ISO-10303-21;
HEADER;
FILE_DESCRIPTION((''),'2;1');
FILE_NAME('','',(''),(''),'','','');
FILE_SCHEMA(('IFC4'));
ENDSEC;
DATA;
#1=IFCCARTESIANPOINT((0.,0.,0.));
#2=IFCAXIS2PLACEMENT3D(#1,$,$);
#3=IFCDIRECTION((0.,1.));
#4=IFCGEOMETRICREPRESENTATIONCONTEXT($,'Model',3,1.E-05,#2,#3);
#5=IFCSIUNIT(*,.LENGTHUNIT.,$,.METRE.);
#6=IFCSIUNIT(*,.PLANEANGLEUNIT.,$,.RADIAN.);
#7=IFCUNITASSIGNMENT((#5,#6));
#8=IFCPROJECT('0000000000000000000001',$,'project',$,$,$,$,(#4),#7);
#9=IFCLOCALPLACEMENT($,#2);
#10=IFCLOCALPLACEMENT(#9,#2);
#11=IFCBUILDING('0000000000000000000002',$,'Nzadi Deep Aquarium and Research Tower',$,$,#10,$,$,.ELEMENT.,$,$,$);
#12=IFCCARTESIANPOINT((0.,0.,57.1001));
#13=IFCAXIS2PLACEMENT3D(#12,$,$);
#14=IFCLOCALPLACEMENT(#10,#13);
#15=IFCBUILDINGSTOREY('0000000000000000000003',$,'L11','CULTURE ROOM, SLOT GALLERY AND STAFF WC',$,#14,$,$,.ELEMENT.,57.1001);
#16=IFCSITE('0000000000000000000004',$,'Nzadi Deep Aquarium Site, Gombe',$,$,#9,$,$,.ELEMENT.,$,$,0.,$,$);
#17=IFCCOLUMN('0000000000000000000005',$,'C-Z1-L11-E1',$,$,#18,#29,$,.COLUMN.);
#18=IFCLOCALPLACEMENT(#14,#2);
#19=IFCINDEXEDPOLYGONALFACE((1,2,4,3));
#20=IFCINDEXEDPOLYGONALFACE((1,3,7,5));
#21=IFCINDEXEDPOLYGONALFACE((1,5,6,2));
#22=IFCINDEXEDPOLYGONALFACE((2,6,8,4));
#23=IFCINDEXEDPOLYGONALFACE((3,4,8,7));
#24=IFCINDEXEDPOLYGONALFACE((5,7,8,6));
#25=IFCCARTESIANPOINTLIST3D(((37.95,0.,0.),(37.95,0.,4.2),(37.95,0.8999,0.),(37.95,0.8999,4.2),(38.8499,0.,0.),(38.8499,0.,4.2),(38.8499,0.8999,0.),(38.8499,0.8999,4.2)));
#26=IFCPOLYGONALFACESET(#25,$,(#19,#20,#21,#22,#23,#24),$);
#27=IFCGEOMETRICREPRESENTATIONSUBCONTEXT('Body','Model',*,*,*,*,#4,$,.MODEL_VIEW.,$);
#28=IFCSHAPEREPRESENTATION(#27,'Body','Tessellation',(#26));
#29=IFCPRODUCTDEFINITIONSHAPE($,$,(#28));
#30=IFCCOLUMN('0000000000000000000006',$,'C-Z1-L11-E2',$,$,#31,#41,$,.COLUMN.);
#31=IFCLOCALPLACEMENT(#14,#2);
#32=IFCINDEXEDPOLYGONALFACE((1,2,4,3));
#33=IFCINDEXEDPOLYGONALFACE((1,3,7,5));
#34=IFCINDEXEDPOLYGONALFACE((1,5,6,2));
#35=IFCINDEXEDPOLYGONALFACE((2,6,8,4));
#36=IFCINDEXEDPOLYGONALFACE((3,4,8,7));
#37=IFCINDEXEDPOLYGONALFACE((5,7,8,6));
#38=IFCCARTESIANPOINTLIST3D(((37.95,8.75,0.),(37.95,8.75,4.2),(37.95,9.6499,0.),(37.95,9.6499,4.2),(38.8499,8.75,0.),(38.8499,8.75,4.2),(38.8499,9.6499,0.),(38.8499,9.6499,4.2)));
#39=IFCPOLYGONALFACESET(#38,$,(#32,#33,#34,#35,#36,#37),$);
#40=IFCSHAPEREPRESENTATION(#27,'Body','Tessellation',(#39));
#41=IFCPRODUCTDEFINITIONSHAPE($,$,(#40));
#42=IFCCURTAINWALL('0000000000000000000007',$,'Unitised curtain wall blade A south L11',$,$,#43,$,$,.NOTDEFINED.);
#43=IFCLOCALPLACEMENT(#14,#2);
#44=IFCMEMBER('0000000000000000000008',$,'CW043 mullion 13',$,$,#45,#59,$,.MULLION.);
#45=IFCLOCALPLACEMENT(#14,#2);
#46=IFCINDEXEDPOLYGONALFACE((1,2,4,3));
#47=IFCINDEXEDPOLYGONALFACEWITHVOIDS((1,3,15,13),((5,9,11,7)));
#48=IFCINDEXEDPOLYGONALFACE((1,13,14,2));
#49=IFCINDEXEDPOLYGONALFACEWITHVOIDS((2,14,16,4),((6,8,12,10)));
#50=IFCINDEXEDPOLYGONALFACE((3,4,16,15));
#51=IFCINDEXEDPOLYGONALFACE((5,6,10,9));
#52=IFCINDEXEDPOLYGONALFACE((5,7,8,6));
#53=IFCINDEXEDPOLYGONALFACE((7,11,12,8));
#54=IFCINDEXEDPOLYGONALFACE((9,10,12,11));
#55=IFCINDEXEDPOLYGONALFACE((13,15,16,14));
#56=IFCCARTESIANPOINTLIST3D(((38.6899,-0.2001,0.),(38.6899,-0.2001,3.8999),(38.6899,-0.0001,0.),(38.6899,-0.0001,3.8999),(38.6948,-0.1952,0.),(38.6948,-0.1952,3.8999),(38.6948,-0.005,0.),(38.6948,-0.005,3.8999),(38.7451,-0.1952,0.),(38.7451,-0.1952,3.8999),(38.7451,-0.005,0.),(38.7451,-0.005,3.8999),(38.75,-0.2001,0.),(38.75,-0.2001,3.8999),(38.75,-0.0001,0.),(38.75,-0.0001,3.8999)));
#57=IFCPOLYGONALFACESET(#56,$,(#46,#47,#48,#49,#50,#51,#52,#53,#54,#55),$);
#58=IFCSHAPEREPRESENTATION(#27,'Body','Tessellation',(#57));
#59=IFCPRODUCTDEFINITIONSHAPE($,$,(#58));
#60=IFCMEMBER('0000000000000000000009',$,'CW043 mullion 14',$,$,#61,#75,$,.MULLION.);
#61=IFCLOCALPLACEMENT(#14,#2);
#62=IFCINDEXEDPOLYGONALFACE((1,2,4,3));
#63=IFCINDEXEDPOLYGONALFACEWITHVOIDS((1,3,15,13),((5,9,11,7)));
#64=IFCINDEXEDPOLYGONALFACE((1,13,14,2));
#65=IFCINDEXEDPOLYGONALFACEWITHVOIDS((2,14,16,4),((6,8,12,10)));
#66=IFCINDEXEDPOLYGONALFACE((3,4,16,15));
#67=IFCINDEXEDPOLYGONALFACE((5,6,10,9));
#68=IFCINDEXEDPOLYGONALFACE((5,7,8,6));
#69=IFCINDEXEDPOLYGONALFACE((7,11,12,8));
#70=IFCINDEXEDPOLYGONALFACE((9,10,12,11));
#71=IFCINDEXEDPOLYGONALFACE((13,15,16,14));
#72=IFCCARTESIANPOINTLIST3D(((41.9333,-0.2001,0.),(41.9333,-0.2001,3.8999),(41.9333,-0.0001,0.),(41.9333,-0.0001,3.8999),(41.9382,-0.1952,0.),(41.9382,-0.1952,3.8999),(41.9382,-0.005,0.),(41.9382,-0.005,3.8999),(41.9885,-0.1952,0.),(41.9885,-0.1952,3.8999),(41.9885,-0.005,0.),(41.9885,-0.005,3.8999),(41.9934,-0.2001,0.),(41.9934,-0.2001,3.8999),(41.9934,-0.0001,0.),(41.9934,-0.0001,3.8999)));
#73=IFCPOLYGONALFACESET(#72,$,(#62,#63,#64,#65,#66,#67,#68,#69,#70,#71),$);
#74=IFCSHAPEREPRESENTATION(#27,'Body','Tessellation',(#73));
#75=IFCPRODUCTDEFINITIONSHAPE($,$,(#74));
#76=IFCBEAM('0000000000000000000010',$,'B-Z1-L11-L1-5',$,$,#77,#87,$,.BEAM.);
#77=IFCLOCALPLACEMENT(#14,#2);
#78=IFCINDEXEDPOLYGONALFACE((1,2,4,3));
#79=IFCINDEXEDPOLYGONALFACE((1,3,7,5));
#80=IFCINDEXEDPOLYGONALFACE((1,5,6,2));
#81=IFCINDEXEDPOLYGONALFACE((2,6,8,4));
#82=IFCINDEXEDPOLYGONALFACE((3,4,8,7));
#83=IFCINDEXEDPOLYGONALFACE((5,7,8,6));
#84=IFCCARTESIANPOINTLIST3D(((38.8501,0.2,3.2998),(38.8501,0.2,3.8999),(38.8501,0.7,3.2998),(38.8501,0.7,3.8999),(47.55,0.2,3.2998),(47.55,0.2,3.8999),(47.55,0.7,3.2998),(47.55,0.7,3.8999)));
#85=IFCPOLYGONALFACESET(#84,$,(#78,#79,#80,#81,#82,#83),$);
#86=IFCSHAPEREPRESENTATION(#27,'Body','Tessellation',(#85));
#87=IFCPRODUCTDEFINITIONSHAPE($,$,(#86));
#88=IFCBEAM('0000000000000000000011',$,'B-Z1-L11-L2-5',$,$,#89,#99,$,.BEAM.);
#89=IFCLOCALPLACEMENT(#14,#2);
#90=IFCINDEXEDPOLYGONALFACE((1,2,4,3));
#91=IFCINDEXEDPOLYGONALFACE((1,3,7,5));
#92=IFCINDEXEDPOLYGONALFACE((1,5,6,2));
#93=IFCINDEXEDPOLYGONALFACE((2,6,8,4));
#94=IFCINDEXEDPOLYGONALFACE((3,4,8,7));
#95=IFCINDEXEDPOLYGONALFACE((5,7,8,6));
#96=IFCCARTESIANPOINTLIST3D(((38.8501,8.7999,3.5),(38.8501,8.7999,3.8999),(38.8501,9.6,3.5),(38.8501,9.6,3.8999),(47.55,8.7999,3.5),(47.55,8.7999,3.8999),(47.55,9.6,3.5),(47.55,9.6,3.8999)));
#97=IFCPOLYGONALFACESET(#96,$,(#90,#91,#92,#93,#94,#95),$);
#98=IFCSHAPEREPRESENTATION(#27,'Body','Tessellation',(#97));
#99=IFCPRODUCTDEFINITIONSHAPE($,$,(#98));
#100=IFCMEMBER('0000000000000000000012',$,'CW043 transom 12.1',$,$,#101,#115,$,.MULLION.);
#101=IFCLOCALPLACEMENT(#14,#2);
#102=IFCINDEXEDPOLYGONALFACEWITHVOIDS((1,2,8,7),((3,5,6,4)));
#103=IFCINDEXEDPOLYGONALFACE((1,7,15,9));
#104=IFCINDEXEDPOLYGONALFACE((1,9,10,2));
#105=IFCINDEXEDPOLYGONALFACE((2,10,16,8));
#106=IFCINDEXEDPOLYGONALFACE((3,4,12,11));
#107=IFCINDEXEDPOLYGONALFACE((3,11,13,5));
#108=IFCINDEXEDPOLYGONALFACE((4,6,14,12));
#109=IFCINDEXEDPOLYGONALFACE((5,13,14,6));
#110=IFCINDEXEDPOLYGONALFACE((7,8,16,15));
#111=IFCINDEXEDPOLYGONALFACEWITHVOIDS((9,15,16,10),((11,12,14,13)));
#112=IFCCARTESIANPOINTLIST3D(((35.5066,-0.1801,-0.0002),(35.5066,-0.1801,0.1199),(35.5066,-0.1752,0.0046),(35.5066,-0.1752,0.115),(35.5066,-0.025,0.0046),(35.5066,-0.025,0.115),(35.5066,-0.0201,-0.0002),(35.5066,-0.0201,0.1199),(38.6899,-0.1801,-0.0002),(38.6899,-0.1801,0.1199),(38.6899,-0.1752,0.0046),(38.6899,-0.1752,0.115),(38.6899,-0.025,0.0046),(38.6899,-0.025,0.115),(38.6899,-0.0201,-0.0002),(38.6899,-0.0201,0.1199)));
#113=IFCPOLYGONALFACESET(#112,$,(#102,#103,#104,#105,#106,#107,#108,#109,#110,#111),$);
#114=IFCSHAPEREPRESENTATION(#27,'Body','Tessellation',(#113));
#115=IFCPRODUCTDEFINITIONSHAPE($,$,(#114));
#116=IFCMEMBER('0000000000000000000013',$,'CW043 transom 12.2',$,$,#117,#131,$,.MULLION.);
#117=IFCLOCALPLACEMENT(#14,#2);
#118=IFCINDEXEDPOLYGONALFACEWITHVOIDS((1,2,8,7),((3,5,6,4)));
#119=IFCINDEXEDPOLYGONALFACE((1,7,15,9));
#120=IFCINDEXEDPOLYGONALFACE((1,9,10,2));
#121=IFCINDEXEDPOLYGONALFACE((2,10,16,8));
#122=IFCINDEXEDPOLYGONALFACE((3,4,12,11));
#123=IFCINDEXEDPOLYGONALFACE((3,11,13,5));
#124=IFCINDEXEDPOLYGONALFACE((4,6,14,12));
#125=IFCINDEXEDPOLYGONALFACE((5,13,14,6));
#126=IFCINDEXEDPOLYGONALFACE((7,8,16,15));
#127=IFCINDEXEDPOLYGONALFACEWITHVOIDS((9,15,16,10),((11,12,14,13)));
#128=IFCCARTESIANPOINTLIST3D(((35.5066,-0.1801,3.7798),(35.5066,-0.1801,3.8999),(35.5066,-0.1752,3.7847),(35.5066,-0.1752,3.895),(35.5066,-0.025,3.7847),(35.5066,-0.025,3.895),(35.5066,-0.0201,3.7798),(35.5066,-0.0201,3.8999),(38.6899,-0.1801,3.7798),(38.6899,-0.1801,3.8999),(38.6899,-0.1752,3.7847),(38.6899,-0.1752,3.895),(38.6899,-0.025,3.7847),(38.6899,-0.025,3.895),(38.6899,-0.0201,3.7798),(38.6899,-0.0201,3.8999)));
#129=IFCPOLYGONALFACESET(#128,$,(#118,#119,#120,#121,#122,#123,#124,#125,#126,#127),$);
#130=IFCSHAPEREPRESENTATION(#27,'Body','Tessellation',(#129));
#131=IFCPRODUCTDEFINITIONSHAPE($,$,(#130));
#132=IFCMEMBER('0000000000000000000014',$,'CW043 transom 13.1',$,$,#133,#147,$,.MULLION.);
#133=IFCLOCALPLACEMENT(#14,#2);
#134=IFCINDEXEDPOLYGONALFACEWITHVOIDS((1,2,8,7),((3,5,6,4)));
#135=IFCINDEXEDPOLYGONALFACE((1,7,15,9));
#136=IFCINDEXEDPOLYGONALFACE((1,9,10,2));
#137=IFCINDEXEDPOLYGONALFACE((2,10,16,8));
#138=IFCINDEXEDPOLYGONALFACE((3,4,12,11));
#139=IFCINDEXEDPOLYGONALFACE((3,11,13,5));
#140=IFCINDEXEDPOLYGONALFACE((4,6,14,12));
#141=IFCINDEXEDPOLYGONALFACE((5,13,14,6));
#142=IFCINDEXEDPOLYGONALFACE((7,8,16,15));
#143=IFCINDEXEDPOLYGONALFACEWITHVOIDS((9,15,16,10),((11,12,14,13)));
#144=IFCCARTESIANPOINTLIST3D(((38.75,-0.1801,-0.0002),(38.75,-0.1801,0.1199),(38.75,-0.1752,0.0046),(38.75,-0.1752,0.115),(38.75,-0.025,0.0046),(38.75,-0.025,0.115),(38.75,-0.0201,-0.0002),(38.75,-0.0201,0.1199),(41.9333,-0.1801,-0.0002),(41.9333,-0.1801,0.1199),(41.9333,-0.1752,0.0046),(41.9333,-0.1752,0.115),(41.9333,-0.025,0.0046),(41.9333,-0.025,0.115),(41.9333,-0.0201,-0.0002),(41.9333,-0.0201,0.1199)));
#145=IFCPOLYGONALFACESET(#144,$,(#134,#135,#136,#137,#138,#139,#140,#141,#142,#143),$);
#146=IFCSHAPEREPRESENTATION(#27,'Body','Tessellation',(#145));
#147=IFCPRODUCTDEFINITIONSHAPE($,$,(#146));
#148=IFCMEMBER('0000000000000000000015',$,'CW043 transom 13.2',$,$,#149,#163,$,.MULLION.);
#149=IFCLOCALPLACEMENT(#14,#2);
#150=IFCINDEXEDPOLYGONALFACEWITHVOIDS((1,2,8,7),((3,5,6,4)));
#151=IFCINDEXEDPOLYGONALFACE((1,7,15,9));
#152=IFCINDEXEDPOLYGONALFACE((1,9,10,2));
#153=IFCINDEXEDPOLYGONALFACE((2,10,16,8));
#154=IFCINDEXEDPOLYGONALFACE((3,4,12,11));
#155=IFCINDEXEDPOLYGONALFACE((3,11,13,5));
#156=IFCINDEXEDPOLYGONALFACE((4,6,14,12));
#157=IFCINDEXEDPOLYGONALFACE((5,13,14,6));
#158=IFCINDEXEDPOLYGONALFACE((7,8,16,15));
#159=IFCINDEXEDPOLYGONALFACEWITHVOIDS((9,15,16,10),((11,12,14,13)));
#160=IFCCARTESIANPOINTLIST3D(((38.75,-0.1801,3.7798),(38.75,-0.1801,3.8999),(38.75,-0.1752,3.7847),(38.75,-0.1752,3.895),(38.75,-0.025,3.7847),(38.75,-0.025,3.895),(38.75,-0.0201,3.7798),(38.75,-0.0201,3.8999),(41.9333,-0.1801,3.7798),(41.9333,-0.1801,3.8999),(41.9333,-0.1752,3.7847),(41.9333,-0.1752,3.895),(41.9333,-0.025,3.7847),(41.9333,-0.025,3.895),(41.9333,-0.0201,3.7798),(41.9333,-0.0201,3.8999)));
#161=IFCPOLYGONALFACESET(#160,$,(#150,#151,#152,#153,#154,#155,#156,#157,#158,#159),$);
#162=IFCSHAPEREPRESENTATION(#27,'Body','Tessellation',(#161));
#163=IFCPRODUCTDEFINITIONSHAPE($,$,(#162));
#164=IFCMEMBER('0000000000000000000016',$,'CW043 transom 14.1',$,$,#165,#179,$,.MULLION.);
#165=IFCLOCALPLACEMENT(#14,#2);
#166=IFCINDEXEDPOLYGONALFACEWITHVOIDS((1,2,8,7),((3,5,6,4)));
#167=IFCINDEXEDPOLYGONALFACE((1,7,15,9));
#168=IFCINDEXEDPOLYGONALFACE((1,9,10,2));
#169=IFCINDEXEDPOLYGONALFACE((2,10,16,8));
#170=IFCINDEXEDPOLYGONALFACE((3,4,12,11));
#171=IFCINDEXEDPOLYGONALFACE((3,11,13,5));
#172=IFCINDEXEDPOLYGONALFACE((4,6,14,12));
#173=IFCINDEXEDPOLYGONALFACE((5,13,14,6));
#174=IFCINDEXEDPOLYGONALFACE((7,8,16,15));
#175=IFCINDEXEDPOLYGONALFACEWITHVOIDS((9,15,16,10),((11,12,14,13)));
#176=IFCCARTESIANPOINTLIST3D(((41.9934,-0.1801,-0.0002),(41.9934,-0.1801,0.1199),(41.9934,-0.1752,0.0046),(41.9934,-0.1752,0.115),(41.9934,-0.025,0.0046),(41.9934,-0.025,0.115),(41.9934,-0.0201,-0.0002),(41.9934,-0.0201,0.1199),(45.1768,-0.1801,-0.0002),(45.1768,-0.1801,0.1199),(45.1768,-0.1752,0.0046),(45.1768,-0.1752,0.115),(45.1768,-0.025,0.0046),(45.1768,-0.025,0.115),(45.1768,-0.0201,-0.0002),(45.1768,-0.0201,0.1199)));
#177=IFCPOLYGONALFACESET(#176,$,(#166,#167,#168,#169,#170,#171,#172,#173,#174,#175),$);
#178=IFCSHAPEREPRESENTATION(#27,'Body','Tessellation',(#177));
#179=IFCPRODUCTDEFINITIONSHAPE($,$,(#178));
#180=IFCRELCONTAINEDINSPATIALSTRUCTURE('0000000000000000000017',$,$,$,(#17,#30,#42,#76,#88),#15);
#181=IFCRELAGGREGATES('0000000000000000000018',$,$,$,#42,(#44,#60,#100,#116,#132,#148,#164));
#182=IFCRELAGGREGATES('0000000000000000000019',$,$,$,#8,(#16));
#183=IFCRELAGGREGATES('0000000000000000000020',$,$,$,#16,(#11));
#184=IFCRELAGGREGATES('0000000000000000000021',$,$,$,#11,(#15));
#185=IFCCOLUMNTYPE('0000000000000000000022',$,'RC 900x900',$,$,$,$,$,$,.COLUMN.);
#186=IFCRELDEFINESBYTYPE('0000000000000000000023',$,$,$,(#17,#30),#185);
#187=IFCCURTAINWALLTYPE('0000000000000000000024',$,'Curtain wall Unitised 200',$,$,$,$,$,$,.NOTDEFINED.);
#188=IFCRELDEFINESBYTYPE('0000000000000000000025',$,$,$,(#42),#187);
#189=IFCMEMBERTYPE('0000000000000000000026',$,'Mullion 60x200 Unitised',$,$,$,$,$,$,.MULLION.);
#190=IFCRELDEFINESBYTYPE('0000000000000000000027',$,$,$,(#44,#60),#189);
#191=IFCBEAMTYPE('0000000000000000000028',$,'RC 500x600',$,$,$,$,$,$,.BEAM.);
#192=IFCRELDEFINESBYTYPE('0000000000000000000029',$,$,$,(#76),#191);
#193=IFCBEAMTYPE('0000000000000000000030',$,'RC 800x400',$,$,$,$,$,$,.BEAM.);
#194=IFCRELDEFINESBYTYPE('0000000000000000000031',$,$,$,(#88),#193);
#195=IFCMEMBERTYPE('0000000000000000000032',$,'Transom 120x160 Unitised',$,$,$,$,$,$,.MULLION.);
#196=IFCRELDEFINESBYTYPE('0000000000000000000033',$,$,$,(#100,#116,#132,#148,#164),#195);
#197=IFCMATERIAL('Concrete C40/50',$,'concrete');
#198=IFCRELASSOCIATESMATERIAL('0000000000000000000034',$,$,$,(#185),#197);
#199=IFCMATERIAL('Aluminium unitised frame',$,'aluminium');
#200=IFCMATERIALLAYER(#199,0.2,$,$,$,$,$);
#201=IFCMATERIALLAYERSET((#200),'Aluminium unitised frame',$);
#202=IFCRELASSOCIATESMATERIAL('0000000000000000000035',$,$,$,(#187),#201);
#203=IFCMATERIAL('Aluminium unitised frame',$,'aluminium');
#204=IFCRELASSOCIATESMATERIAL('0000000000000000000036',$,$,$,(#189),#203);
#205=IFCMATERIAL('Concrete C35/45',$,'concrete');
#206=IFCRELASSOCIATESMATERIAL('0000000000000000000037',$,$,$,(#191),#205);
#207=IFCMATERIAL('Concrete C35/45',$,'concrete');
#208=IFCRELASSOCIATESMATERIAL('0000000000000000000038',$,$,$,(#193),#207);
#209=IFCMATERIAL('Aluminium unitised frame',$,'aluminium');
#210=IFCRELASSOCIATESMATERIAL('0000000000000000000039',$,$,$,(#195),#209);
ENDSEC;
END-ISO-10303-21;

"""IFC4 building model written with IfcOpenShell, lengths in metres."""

from ifc_helpers import new_model, si_unit, direction, frame, origin, origin_2d, place, context, subcontext, project, spatial, rectangle, hollow_rectangle, extrude, material, layer, layer_set, material_profile, profile_set, type_object, element, aggregate, save


model = new_model("IFC4")

# Units and contexts
model_context = context("Model", 3, precision=1e-05, world=origin(), true_north=direction((0.0, 1.0)))
body_context = subcontext(model_context, "Body", "Model", "MODEL_VIEW")
ifc_project = project(units=[si_unit("LENGTHUNIT", "METRE"), si_unit("PLANEANGLEUNIT", "RADIAN")], contexts=[model_context])

# Site, building, storey
site_placement = place(None, origin())
site = spatial("IfcSite", under=ifc_project, at=site_placement, Name="Nzadi Deep Aquarium Site, Gombe", CompositionType="ELEMENT", RefElevation=0.0)
building_placement = place(site_placement, origin())
building = spatial("IfcBuilding", under=site, at=building_placement, Name="Nzadi Deep Aquarium and Research Tower", CompositionType="ELEMENT")
storey_placement = place(building_placement, frame((0.0, 0.0, 57.1001)))
storey = spatial("IfcBuildingStorey", under=building, at=storey_placement, Name="L11", Description="CULTURE ROOM, SLOT GALLERY AND STAFF WC", CompositionType="ELEMENT", Elevation=57.1001)

# Columns
ifc_material_1 = material(Name="Concrete C40/50", Category="concrete")
ifc_material_profile_1 = material_profile(ifc_material_1, rectangle(XDim=0.8999, YDim=0.8999, at=origin_2d()))
ifc_profile_set_1 = profile_set([ifc_material_profile_1], Name="Concrete C40/50")
column_type = type_object("IfcColumnType", Name="RC 900x900", PredefinedType="COLUMN", material=ifc_profile_set_1)
for number, where, z_axis, x_axis, name in (
    (1, (38.3999, 0.45, 0.0), (0.0, 0.0, 1.0), (1.0, 0.0, 0.0), "C-Z1-L11-E1"),
    (2, (38.3999, 9.2, 0.0), (0.0, 0.0, 1.0), (1.0, 0.0, 0.0), "C-Z1-L11-E2"),
):
    element("IfcColumn", number, at=place(storey_placement, frame(where, z_axis=z_axis, x_axis=x_axis)), inside=storey, type_object=column_type, Name=name, PredefinedType="COLUMN", context=body_context, shape_type="SweptSolid", body=[
        extrude(rectangle(XDim=0.8999, YDim=0.8999, at=origin_2d()), origin(), (0.0, 0.0, 1.0), 4.2),
    ])

# Curtain wall, members
ifc_material_2 = material(Name="Aluminium unitised frame", Category="aluminium")
ifc_layer_1 = layer(ifc_material_2, 0.2)
ifc_layer_set_1 = layer_set([ifc_layer_1], Name="Aluminium unitised frame")
curtain_wall_type = type_object("IfcCurtainWallType", Name="Curtain wall Unitised 200", PredefinedType="NOTDEFINED", material=ifc_layer_set_1)
curtain_wall_placement = place(storey_placement, origin())
curtain_wall = element("IfcCurtainWall", 3, at=curtain_wall_placement, inside=storey, type_object=curtain_wall_type, Name="Unitised curtain wall blade A south L11", PredefinedType="NOTDEFINED")
ifc_material_3 = material(Name="Aluminium unitised frame", Category="aluminium")
ifc_material_profile_2 = material_profile(ifc_material_3, hollow_rectangle(XDim=0.2, YDim=0.0601, WallThickness=0.0049, at=origin_2d()))
ifc_profile_set_2 = profile_set([ifc_material_profile_2], Name="Aluminium unitised frame")
member_type_1 = type_object("IfcMemberType", Name="Mullion 60x200 Unitised", PredefinedType="MULLION", material=ifc_profile_set_2)
member_1_placement = place(storey_placement, frame((38.72, -0.1001, 0.0), z_axis=(0.0, 0.0, 1.0), x_axis=(0.0, 1.0, 0.0)))
member_1 = element("IfcMember", 4, at=member_1_placement, type_object=member_type_1, Name="CW043 mullion 13", PredefinedType="MULLION", context=body_context, shape_type="SweptSolid", body=[
    extrude(hollow_rectangle(XDim=0.2, YDim=0.0601, WallThickness=0.0049, at=origin_2d()), origin(), (0.0, 0.0, 1.0), 3.8999),
])
member_2_placement = place(storey_placement, frame((41.9634, -0.1001, 0.0), z_axis=(0.0, 0.0, 1.0), x_axis=(0.0, 1.0, 0.0)))
member_2 = element("IfcMember", 5, at=member_2_placement, type_object=member_type_1, Name="CW043 mullion 14", PredefinedType="MULLION", context=body_context, shape_type="SweptSolid", body=[
    extrude(hollow_rectangle(XDim=0.2, YDim=0.0601, WallThickness=0.0049, at=origin_2d()), origin(), (0.0, 0.0, 1.0), 3.8999),
])

# Beams
ifc_material_4 = material(Name="Concrete C35/45", Category="concrete")
ifc_material_profile_3 = material_profile(ifc_material_4, rectangle(XDim=0.5, YDim=0.6001, at=origin_2d()))
ifc_profile_set_3 = profile_set([ifc_material_profile_3], Name="Concrete C35/45")
beam_type_1 = type_object("IfcBeamType", Name="RC 500x600", PredefinedType="BEAM", material=ifc_profile_set_3)
beam_1_placement = place(storey_placement, frame((38.8501, 0.45, 3.5999), z_axis=(1.0, 0.0, 0.0), x_axis=(0.0, 1.0, 0.0)))
element("IfcBeam", 6, at=beam_1_placement, inside=storey, type_object=beam_type_1, Name="B-Z1-L11-L1-5", PredefinedType="BEAM", context=body_context, shape_type="SweptSolid", body=[
    extrude(rectangle(XDim=0.5, YDim=0.6001, at=origin_2d()), origin(), (0.0, 0.0, 1.0), 8.7),
])
ifc_material_5 = material(Name="Concrete C35/45", Category="concrete")
ifc_material_profile_4 = material_profile(ifc_material_5, rectangle(XDim=0.8, YDim=0.3999, at=origin_2d()))
ifc_profile_set_4 = profile_set([ifc_material_profile_4], Name="Concrete C35/45")
beam_type_2 = type_object("IfcBeamType", Name="RC 800x400", PredefinedType="BEAM", material=ifc_profile_set_4)
beam_2_placement = place(storey_placement, frame((38.8501, 9.2, 3.7), z_axis=(1.0, 0.0, 0.0), x_axis=(0.0, 1.0, 0.0)))
element("IfcBeam", 7, at=beam_2_placement, inside=storey, type_object=beam_type_2, Name="B-Z1-L11-L2-5", PredefinedType="BEAM", context=body_context, shape_type="SweptSolid", body=[
    extrude(rectangle(XDim=0.8, YDim=0.3999, at=origin_2d()), origin(), (0.0, 0.0, 1.0), 8.7),
])

# Members
ifc_material_6 = material(Name="Aluminium unitised frame", Category="aluminium")
ifc_material_profile_5 = material_profile(ifc_material_6, hollow_rectangle(XDim=0.1599, YDim=0.1201, WallThickness=0.0049, at=origin_2d()))
ifc_profile_set_5 = profile_set([ifc_material_profile_5], Name="Aluminium unitised frame")
member_type_2 = type_object("IfcMemberType", Name="Transom 120x160 Unitised", PredefinedType="MULLION", material=ifc_profile_set_5)
member_3_placement = place(storey_placement, frame((35.5066, -0.1001, 0.0598), z_axis=(1.0, 0.0, 0.0), x_axis=(0.0, 1.0, 0.0)))
member_3 = element("IfcMember", 8, at=member_3_placement, type_object=member_type_2, Name="CW043 transom 12.1", PredefinedType="MULLION", context=body_context, shape_type="SweptSolid", body=[
    extrude(hollow_rectangle(XDim=0.1599, YDim=0.1201, WallThickness=0.0049, at=origin_2d()), origin(), (0.0, 0.0, 1.0), 3.1833),
])
member_4_placement = place(storey_placement, frame((35.5066, -0.1001, 3.8398), z_axis=(1.0, 0.0, 0.0), x_axis=(0.0, 1.0, 0.0)))
member_4 = element("IfcMember", 9, at=member_4_placement, type_object=member_type_2, Name="CW043 transom 12.2", PredefinedType="MULLION", context=body_context, shape_type="SweptSolid", body=[
    extrude(hollow_rectangle(XDim=0.1599, YDim=0.1201, WallThickness=0.0049, at=origin_2d()), origin(), (0.0, 0.0, 1.0), 3.1833),
])
member_5_placement = place(storey_placement, frame((38.75, -0.1001, 0.0598), z_axis=(1.0, 0.0, 0.0), x_axis=(0.0, 1.0, 0.0)))
member_5 = element("IfcMember", 10, at=member_5_placement, type_object=member_type_2, Name="CW043 transom 13.1", PredefinedType="MULLION", context=body_context, shape_type="SweptSolid", body=[
    extrude(hollow_rectangle(XDim=0.1599, YDim=0.1201, WallThickness=0.0049, at=origin_2d()), origin(), (0.0, 0.0, 1.0), 3.1833),
])
member_6_placement = place(storey_placement, frame((38.75, -0.1001, 3.8398), z_axis=(1.0, 0.0, 0.0), x_axis=(0.0, 1.0, 0.0)))
member_6 = element("IfcMember", 11, at=member_6_placement, type_object=member_type_2, Name="CW043 transom 13.2", PredefinedType="MULLION", context=body_context, shape_type="SweptSolid", body=[
    extrude(hollow_rectangle(XDim=0.1599, YDim=0.1201, WallThickness=0.0049, at=origin_2d()), origin(), (0.0, 0.0, 1.0), 3.1833),
])
member_7_placement = place(storey_placement, frame((41.9934, -0.1001, 0.0598), z_axis=(1.0, 0.0, 0.0), x_axis=(0.0, 1.0, 0.0)))
member_7 = element("IfcMember", 12, at=member_7_placement, type_object=member_type_2, Name="CW043 transom 14.1", PredefinedType="MULLION", context=body_context, shape_type="SweptSolid", body=[
    extrude(hollow_rectangle(XDim=0.1599, YDim=0.1201, WallThickness=0.0049, at=origin_2d()), origin(), (0.0, 0.0, 1.0), 3.1833),
])

aggregate(curtain_wall, [member_1, member_2, member_3, member_4, member_5, member_6, member_7])

save(model, "model.ifc")
